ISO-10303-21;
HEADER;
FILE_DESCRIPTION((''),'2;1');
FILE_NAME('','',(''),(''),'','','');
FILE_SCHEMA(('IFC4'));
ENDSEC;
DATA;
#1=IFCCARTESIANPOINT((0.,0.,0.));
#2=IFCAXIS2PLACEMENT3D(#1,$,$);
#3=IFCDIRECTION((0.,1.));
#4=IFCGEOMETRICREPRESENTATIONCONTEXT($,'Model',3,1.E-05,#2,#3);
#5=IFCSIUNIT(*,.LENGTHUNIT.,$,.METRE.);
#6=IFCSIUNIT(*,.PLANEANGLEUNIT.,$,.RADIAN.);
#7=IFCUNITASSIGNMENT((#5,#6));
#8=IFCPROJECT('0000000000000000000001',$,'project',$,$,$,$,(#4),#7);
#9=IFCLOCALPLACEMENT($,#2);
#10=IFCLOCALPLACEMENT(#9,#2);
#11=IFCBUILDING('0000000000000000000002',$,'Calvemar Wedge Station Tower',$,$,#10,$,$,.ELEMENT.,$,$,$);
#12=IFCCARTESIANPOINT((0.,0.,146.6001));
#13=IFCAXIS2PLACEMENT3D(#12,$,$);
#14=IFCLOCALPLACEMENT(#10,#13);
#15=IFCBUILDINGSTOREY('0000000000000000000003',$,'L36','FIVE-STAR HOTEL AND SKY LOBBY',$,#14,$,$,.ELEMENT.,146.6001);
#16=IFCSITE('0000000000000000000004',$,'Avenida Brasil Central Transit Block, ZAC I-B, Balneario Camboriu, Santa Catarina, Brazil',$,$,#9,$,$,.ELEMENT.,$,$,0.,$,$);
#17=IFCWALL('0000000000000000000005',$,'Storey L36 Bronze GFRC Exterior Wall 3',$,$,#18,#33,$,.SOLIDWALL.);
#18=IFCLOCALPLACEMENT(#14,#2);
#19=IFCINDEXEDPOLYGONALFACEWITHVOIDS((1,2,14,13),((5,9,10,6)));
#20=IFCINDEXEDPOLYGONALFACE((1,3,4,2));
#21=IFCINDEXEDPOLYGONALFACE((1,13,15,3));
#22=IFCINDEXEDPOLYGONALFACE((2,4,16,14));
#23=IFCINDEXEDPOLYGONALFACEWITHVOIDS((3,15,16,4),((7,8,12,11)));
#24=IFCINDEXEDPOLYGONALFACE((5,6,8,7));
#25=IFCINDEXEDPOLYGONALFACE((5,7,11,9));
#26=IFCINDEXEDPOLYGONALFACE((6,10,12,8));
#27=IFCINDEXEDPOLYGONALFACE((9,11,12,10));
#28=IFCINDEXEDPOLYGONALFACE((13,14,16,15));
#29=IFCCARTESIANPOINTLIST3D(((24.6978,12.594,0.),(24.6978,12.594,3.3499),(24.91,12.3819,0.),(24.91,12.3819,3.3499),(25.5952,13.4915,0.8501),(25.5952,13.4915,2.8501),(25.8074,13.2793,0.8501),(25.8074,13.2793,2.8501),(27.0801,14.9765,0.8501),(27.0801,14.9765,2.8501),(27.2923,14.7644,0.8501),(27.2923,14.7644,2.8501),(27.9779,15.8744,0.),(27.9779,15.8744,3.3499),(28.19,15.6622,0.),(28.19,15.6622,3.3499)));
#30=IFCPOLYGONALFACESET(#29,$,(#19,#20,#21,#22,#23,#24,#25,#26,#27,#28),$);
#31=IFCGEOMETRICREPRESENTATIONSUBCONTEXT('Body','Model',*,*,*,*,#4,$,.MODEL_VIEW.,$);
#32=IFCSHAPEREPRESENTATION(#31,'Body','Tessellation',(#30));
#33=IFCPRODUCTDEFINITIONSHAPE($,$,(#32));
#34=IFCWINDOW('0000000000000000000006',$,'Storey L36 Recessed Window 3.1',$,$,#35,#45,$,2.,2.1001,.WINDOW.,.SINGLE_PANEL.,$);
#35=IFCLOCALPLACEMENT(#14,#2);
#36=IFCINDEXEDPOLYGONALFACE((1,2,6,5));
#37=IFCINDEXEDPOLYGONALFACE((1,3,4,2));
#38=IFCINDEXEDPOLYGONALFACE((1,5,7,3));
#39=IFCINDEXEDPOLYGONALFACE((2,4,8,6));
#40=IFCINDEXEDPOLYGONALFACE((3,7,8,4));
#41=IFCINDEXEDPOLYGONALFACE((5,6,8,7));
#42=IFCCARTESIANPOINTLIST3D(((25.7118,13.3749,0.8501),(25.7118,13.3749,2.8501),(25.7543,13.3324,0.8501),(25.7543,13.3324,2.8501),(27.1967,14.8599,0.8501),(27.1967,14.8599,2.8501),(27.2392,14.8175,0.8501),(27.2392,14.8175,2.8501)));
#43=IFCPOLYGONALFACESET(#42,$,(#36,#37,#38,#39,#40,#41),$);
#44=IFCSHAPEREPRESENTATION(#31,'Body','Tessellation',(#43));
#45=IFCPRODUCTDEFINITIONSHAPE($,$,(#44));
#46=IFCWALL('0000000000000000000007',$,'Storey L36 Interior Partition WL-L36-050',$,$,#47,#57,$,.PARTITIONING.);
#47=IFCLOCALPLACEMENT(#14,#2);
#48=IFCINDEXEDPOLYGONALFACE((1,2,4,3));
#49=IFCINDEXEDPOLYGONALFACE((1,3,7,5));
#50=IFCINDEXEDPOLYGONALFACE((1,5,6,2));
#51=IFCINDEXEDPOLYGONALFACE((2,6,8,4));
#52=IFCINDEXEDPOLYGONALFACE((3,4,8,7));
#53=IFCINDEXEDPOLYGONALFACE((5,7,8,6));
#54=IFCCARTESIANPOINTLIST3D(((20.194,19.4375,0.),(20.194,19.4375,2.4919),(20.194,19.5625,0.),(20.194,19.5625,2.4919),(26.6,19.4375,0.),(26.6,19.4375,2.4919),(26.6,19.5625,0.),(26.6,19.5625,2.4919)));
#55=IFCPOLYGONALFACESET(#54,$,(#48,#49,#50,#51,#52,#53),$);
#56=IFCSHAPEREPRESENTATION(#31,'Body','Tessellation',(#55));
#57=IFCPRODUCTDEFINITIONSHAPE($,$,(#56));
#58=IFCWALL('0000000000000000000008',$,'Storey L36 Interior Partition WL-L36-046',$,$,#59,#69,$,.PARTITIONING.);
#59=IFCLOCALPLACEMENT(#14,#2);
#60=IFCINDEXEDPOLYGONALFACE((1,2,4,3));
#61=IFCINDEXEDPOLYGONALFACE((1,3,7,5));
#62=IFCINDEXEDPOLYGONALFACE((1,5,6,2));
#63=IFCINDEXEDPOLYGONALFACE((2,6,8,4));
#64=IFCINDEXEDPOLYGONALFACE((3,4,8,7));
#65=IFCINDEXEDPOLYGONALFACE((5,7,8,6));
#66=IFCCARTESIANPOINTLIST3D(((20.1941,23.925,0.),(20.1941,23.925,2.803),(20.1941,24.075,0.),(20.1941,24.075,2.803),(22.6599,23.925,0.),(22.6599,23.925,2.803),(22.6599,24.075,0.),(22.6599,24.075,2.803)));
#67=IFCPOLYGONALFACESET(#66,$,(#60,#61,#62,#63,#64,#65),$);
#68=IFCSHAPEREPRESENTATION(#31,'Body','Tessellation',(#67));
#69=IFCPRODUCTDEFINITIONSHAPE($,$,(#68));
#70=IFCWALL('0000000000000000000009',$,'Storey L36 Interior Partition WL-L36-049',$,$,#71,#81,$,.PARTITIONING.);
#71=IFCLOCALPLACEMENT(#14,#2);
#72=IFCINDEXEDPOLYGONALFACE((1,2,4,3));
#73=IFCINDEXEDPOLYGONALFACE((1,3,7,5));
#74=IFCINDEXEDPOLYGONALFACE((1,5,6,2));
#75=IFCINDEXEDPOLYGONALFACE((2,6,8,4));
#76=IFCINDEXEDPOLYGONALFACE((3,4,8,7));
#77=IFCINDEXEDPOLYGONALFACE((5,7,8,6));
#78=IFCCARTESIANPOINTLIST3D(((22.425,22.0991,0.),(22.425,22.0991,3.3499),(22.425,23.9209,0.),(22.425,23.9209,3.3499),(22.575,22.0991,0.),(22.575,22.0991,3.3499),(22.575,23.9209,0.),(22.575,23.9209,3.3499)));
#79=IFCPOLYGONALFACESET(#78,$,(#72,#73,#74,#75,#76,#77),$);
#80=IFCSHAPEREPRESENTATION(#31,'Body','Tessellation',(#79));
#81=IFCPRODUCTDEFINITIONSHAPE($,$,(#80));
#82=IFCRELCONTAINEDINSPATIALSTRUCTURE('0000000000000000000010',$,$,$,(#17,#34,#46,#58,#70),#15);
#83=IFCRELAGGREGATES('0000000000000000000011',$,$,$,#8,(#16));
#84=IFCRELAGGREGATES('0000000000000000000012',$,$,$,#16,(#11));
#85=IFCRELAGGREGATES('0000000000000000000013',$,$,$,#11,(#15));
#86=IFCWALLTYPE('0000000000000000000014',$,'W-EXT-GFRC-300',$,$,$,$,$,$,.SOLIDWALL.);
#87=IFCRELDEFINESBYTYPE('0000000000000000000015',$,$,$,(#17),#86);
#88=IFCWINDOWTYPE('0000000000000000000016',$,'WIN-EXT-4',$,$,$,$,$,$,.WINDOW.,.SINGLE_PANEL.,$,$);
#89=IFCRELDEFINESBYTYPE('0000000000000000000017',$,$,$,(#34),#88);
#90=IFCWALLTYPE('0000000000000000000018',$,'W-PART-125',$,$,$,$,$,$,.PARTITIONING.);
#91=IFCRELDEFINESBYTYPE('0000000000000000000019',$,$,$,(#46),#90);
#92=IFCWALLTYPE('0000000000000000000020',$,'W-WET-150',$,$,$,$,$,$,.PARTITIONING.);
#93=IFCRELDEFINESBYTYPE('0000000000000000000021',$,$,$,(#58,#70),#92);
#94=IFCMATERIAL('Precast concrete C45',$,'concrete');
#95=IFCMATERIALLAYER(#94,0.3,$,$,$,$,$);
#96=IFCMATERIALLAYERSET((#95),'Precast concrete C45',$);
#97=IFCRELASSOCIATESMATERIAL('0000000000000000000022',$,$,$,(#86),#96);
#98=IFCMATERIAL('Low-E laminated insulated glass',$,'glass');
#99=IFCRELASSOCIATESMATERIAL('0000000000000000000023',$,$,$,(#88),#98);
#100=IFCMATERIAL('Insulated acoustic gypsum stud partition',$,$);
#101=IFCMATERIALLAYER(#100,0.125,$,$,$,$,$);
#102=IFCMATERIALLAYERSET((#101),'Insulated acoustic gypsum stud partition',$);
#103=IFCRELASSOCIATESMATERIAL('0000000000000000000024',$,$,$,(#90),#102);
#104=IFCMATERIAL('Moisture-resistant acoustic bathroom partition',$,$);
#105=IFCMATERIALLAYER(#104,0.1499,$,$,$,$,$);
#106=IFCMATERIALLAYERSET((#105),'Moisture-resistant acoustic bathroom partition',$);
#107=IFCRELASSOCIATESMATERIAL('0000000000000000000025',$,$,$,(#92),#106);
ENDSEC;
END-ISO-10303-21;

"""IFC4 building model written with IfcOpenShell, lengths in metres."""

from ifc_helpers import new_model, si_unit, direction, frame, frame_2d, origin, place, context, subcontext, project, spatial, rectangle, extrude, source, transform, mapped, material, layer, layer_set, type_object, element, fill, save


model = new_model("IFC4")

# Units and contexts
model_context = context("Model", 3, precision=1e-05, world=origin(), true_north=direction((0.0, 1.0)))
body_context = subcontext(model_context, "Body", "Model", "MODEL_VIEW")
ifc_project = project(units=[si_unit("LENGTHUNIT", "METRE"), si_unit("PLANEANGLEUNIT", "RADIAN")], contexts=[model_context])

# Site, building, storey
site_placement = place(None, origin())
site = spatial("IfcSite", under=ifc_project, at=site_placement, Name="Avenida Brasil Central Transit Block, ZAC I-B, Balneario Camboriu, Santa Catarina, Brazil", CompositionType="ELEMENT", RefElevation=0.0)
building_placement = place(site_placement, origin())
building = spatial("IfcBuilding", under=site, at=building_placement, Name="Calvemar Wedge Station Tower", CompositionType="ELEMENT")
storey_placement = place(building_placement, frame((0.0, 0.0, 146.6001)))
storey = spatial("IfcBuildingStorey", under=building, at=storey_placement, Name="L36", Description="FIVE-STAR HOTEL AND SKY LOBBY", CompositionType="ELEMENT", Elevation=146.6001)

# Shared definitions
ifc_material_1 = material(Name="Precast concrete C45", Category="concrete")

# Wall, opening, window
ifc_layer_1 = layer(ifc_material_1, 0.3)
ifc_layer_set_1 = layer_set([ifc_layer_1], Name="Precast concrete C45")
wall_type_1 = type_object("IfcWallType", Name="W-EXT-GFRC-300", PredefinedType="SOLIDWALL", material=ifc_layer_set_1)
wall_1_placement = place(storey_placement, frame((24.804, 12.488, 0.0), z_axis=(0.0, 0.0, 1.0), x_axis=(0.70708, 0.707133, 0.0)))
wall_1 = element("IfcWall", 1, at=wall_1_placement, inside=storey, type_object=wall_type_1, Name="Storey L36 Bronze GFRC Exterior Wall 3", PredefinedType="SOLIDWALL", context=body_context, shape_type="SweptSolid", body=[
    extrude(rectangle(XDim=4.6389, YDim=0.3, at=frame_2d((2.3193, 0.0))), origin(), (0.0, 0.0, 1.0), 3.3499),
])
shared_shape_1 = source(origin(), body_context, "Body", "SweptSolid", [
    extrude(rectangle(XDim=2.1001, YDim=2.0, at=frame_2d((1.05, 1.0))), frame((0.0, 0.1602, 0.0), z_axis=(0.0, -1.0, 0.0), x_axis=(1.0, 0.0, 0.0)), (0.0, 0.0, 1.0), 0.3201),
])
opening_1_placement = place(wall_1_placement, frame((1.269, 0.0, 0.8501)))
opening_1 = element("IfcOpeningElement", 2, at=opening_1_placement, cuts=wall_1, PredefinedType="OPENING", context=body_context, shape_type="MappedRepresentation", body=[
    mapped(shared_shape_1, transform((0.0, 0.0, 0.0), scale=1.0)),
])
ifc_material_2 = material(Name="Low-E laminated insulated glass", Category="glass")
window_type_1 = type_object("IfcWindowType", Name="WIN-EXT-4", PartitioningType="SINGLE_PANEL", PredefinedType="WINDOW", material=ifc_material_2)
shared_shape_2 = source(origin(), body_context, "Body", "SweptSolid", [
    extrude(rectangle(XDim=2.1001, YDim=2.0, at=frame_2d((1.05, 1.0))), frame((0.0, -0.0149, 0.0), z_axis=(0.0, -1.0, 0.0), x_axis=(1.0, 0.0, 0.0)), (0.0, 0.0, 1.0), 0.0601),
])
window_1_placement = place(opening_1_placement, origin())
window_1 = element("IfcWindow", 3, at=window_1_placement, inside=storey, type_object=window_type_1, Name="Storey L36 Recessed Window 3.1", OverallHeight=2.0, OverallWidth=2.1001, PartitioningType="SINGLE_PANEL", PredefinedType="WINDOW", context=body_context, shape_type="MappedRepresentation", body=[
    mapped(shared_shape_2, transform((0.0, 0.0, 0.0), scale=1.0)),
])
fill(opening_1, window_1)

# Walls
ifc_material_3 = material(Name="Insulated acoustic gypsum stud partition")
ifc_layer_2 = layer(ifc_material_3, 0.125)
ifc_layer_set_2 = layer_set([ifc_layer_2], Name="Insulated acoustic gypsum stud partition")
wall_type_2 = type_object("IfcWallType", Name="W-PART-125", PredefinedType="PARTITIONING", material=ifc_layer_set_2)
wall_2_placement = place(storey_placement, frame((26.6001, 19.5, 0.0), z_axis=(0.0, 0.0, 1.0), x_axis=(-1.0, 0.0, 0.0)))
element("IfcWall", 4, at=wall_2_placement, inside=storey, type_object=wall_type_2, Name="Storey L36 Interior Partition WL-L36-050", PredefinedType="PARTITIONING", context=body_context, shape_type="SweptSolid", body=[
    extrude(rectangle(XDim=6.406, YDim=0.125, at=frame_2d((3.2031, 0.0))), origin(), (0.0, 0.0, 1.0), 2.4919),
])
ifc_material_4 = material(Name="Moisture-resistant acoustic bathroom partition")
ifc_layer_3 = layer(ifc_material_4, 0.1499)
ifc_layer_set_3 = layer_set([ifc_layer_3], Name="Moisture-resistant acoustic bathroom partition")
wall_type_3 = type_object("IfcWallType", Name="W-WET-150", PredefinedType="PARTITIONING", material=ifc_layer_set_3)
wall_3_placement = place(storey_placement, frame((22.6599, 24.0, 0.0), z_axis=(0.0, 0.0, 1.0), x_axis=(-1.0, 0.0, 0.0)))
element("IfcWall", 5, at=wall_3_placement, inside=storey, type_object=wall_type_3, Name="Storey L36 Interior Partition WL-L36-046", PredefinedType="PARTITIONING", context=body_context, shape_type="SweptSolid", body=[
    extrude(rectangle(XDim=2.4658, YDim=0.1499, at=frame_2d((1.2329, 0.0))), origin(), (0.0, 0.0, 1.0), 2.803),
])

# Wall
wall_4_placement = place(storey_placement, frame((22.5, 23.9209, 0.0), z_axis=(0.0, 0.0, 1.0), x_axis=(0.0, -1.0, 0.0)))
element("IfcWall", 6, at=wall_4_placement, inside=storey, type_object=wall_type_3, Name="Storey L36 Interior Partition WL-L36-049", PredefinedType="PARTITIONING", context=body_context, shape_type="SweptSolid", body=[
    extrude(rectangle(XDim=1.8218, YDim=0.1499, at=frame_2d((0.9109, 0.0))), origin(), (0.0, 0.0, 1.0), 3.3499),
])

save(model, "model.ifc")
